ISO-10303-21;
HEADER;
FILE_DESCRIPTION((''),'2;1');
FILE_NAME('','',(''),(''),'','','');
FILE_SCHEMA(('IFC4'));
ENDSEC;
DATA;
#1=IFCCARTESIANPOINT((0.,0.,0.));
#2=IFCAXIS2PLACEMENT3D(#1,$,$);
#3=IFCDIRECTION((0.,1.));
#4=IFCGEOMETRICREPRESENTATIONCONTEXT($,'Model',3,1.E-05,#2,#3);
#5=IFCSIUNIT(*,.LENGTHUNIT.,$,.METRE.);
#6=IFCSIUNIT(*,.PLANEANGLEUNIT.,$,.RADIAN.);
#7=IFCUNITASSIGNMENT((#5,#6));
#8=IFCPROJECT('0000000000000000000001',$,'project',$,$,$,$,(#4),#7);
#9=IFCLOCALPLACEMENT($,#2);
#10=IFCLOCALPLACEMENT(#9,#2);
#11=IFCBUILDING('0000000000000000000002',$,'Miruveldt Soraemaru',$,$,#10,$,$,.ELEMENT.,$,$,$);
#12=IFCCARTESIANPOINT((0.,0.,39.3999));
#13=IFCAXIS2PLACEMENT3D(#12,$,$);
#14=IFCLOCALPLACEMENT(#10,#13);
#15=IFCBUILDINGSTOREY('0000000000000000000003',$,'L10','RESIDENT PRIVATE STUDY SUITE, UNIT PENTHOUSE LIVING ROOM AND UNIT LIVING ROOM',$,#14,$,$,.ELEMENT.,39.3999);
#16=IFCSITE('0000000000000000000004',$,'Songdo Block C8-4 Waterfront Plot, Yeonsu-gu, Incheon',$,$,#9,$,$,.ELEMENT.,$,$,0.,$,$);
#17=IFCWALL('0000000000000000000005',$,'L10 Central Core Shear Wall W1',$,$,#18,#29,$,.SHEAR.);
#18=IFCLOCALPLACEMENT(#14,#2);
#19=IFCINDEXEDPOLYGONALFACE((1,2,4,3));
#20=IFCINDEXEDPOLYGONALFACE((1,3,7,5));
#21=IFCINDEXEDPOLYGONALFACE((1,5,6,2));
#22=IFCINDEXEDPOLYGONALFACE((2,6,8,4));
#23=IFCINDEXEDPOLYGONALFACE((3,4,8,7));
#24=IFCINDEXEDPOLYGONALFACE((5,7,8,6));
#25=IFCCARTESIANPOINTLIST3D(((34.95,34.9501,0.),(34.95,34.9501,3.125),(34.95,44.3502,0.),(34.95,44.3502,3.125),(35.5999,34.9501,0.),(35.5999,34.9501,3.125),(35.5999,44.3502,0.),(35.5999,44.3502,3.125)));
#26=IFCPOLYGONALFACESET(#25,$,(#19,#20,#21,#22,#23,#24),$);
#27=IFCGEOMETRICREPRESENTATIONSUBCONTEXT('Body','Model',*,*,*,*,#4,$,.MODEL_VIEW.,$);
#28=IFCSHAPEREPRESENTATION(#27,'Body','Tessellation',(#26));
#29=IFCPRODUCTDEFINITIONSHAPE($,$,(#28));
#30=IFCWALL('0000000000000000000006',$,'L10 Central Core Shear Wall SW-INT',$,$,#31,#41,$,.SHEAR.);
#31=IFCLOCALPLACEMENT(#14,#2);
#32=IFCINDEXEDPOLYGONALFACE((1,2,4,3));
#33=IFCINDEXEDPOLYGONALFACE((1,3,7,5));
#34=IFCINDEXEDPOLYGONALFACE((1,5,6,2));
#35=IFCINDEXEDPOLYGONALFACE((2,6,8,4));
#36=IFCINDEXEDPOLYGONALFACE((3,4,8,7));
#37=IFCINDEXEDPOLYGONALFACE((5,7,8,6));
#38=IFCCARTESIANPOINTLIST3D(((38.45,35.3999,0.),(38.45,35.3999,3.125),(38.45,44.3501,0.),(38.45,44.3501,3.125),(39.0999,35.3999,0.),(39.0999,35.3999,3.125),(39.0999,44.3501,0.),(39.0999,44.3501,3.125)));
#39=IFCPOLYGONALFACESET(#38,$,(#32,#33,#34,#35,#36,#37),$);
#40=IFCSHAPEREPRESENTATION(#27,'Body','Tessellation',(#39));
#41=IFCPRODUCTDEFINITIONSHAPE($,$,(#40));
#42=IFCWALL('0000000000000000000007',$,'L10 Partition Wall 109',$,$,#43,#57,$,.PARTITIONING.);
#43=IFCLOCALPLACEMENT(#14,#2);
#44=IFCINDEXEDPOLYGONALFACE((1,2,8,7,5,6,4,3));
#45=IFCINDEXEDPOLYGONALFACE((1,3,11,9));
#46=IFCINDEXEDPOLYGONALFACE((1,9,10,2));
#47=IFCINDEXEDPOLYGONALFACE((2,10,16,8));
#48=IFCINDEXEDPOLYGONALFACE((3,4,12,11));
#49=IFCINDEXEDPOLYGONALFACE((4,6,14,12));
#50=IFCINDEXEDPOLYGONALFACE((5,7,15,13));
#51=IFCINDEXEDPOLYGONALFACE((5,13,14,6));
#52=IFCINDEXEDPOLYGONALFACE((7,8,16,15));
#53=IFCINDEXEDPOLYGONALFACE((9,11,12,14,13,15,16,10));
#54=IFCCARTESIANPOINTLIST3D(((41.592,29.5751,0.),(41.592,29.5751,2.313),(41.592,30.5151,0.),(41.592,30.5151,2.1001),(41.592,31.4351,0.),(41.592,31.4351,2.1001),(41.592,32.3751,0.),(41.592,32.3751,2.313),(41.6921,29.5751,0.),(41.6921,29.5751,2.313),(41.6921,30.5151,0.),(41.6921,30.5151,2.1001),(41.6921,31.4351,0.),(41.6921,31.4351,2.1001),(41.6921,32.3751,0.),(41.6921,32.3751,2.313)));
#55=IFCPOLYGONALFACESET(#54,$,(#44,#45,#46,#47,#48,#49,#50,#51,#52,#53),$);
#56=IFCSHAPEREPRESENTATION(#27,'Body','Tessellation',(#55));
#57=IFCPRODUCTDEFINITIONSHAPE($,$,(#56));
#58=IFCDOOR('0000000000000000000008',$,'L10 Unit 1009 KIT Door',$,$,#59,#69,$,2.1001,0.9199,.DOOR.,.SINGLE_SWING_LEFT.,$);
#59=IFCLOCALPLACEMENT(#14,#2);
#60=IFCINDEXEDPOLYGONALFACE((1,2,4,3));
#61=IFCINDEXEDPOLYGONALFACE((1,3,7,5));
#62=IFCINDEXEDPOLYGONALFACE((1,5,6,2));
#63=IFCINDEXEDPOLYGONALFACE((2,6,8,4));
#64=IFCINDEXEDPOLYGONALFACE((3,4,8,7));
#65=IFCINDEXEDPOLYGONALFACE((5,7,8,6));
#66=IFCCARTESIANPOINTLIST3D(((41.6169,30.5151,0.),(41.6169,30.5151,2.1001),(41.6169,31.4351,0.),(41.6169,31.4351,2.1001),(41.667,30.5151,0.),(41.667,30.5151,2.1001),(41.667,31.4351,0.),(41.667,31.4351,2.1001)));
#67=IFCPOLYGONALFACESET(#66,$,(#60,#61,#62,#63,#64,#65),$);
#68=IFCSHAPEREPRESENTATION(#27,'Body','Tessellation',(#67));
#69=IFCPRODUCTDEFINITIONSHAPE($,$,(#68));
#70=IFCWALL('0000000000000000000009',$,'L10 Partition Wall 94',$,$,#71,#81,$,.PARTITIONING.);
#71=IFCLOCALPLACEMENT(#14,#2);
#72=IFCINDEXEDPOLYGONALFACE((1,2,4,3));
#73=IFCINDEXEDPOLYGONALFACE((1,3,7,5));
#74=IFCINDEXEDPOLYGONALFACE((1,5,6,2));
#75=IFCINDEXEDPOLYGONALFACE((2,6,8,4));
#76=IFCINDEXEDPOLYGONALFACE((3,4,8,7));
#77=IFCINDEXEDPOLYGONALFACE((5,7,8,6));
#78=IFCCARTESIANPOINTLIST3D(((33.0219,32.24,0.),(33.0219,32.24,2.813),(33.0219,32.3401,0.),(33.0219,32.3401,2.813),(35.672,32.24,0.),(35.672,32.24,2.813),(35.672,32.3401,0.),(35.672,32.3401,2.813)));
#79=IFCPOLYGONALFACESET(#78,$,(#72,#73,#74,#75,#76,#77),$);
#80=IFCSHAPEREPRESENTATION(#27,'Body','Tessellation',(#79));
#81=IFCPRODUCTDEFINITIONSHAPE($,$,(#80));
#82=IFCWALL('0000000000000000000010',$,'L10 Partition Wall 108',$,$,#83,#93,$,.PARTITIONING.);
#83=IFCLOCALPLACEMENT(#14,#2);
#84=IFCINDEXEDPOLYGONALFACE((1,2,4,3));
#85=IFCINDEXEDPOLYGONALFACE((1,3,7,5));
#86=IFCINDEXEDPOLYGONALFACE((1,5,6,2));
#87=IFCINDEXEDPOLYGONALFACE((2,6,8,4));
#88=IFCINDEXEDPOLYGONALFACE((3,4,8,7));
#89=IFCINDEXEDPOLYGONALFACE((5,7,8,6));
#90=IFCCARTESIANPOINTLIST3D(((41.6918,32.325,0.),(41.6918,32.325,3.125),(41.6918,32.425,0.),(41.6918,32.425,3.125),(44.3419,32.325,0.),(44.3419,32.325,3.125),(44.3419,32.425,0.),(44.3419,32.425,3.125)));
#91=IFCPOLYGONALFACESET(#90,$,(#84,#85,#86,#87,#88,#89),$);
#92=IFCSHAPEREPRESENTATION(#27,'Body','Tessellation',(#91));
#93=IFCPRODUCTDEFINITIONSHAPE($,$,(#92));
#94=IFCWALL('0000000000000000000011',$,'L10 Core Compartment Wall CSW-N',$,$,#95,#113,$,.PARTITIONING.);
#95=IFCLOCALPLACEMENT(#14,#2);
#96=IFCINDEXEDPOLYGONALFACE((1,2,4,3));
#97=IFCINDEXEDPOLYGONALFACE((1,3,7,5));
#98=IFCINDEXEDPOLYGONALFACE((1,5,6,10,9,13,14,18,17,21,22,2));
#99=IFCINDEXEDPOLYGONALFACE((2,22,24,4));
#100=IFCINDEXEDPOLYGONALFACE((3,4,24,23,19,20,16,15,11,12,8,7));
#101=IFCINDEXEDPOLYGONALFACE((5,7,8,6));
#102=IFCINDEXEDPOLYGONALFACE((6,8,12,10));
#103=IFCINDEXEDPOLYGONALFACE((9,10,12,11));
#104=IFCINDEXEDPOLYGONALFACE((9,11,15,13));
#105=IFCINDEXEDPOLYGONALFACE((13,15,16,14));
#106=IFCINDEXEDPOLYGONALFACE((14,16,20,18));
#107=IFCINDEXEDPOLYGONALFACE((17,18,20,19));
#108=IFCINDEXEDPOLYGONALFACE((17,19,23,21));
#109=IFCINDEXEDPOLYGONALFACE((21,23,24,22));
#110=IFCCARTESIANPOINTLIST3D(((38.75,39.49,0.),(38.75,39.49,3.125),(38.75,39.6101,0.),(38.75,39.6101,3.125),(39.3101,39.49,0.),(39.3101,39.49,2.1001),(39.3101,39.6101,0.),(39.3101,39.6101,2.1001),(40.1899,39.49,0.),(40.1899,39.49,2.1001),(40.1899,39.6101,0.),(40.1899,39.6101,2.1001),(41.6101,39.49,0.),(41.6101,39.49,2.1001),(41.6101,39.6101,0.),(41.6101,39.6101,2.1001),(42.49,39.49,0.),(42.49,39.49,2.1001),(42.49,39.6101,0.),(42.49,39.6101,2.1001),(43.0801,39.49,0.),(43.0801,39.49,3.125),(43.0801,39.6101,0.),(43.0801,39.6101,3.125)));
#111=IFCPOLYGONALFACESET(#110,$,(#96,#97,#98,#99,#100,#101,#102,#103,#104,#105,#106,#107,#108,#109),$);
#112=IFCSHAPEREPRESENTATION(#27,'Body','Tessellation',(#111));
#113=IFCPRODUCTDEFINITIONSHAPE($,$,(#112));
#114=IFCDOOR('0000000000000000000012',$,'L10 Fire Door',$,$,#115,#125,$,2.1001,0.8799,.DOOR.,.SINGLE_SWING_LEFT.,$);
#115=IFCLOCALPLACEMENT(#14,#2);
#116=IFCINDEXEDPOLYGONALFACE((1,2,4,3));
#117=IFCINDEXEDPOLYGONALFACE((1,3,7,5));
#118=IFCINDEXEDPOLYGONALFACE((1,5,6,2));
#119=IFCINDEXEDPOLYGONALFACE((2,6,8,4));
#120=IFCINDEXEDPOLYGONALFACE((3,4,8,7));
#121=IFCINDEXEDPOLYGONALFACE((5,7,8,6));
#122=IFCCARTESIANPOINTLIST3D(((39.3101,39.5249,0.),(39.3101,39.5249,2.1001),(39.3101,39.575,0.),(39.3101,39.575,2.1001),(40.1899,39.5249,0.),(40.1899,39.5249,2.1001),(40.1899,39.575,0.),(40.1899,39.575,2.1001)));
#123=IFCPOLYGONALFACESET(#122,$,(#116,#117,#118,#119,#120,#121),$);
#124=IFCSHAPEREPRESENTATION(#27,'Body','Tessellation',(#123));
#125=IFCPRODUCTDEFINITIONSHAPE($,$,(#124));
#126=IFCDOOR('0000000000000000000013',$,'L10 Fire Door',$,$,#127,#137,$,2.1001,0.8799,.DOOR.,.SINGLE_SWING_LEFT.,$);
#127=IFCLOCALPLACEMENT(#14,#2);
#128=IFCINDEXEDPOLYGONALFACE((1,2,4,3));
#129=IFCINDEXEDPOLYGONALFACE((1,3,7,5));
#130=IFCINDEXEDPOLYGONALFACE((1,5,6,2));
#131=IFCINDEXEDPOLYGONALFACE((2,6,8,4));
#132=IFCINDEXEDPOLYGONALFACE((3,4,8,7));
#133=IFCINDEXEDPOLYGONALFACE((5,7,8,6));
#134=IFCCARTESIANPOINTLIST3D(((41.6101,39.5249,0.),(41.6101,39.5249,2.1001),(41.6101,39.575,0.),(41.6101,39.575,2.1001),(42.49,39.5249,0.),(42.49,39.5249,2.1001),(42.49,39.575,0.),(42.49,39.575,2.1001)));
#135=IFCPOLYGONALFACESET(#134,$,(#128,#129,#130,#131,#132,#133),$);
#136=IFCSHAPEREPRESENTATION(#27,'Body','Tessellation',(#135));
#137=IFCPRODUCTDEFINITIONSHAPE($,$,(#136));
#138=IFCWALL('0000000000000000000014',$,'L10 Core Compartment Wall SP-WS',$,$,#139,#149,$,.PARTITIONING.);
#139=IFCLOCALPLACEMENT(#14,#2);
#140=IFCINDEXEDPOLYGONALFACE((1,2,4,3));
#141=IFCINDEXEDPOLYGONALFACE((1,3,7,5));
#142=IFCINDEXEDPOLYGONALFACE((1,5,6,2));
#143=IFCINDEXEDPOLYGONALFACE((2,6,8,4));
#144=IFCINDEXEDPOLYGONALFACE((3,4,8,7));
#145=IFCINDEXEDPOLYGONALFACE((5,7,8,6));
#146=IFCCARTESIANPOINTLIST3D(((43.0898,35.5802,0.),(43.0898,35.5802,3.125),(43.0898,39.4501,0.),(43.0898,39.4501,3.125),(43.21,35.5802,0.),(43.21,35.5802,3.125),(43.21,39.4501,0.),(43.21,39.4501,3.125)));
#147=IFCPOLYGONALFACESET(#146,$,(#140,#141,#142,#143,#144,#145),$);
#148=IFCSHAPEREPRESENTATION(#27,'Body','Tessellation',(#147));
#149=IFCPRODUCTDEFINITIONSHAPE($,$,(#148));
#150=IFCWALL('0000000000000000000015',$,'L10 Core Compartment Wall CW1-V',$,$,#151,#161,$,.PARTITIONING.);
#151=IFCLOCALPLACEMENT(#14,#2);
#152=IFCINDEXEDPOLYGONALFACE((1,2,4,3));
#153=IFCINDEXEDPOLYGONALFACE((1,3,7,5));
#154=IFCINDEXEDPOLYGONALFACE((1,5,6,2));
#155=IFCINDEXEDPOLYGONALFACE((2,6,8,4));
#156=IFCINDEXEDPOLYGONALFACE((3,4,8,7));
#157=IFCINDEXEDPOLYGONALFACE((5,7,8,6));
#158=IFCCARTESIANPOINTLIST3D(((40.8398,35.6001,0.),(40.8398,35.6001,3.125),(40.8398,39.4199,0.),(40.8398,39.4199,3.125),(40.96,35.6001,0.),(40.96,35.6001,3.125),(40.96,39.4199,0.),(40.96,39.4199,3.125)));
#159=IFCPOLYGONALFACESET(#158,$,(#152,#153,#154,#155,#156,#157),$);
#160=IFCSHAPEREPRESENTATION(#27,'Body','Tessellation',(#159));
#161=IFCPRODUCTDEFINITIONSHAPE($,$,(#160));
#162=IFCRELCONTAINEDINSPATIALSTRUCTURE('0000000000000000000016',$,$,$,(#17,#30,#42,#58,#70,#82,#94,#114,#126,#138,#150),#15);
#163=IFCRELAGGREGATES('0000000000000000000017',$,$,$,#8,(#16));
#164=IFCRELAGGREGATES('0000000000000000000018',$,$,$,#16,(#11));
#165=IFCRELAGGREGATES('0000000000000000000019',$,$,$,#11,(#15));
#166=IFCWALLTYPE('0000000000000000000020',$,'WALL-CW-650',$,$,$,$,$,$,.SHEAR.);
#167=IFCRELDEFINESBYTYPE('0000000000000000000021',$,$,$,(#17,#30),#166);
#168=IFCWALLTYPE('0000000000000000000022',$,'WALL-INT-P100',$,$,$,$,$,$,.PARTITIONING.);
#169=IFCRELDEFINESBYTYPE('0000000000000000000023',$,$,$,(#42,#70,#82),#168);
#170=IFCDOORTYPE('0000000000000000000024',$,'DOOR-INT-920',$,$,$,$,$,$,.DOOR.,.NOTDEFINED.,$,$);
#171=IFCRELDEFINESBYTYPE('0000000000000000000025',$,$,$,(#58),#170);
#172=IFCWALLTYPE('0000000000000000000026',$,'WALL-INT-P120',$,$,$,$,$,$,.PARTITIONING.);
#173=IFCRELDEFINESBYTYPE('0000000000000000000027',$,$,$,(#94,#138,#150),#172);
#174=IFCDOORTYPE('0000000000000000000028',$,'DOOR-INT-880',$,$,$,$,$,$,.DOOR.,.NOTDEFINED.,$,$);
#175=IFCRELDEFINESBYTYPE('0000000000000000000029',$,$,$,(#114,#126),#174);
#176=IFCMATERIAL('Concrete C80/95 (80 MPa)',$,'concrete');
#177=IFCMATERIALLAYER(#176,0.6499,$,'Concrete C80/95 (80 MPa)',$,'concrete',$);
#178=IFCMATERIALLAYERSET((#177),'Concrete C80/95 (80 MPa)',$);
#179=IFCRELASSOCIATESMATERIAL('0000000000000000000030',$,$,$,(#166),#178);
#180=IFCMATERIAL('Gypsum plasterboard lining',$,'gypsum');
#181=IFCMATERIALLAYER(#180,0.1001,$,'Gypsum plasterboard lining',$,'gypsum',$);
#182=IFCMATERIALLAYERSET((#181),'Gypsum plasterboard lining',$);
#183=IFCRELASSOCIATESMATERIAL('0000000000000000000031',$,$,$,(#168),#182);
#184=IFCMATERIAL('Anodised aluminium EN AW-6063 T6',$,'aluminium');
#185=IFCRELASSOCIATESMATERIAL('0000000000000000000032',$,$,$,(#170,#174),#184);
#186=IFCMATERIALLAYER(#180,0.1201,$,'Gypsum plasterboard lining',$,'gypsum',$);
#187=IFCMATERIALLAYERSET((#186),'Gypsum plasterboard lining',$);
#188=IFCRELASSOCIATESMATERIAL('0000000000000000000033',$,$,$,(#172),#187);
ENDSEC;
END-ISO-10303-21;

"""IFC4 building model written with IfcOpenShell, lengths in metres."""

from ifc_helpers import new_model, si_unit, direction, frame, frame_2d, origin, place, context, subcontext, project, spatial, rectangle, extrude, material, layer, layer_set, type_object, element, fill, save


model = new_model("IFC4")

# Units and contexts
model_context = context("Model", 3, precision=1e-05, world=origin(), true_north=direction((0.0, 1.0)))
body_context = subcontext(model_context, "Body", "Model", "MODEL_VIEW")
ifc_project = project(units=[si_unit("LENGTHUNIT", "METRE"), si_unit("PLANEANGLEUNIT", "RADIAN")], contexts=[model_context])

# Site, building, storey
site_placement = place(None, origin())
site = spatial("IfcSite", under=ifc_project, at=site_placement, Name="Songdo Block C8-4 Waterfront Plot, Yeonsu-gu, Incheon", CompositionType="ELEMENT", RefElevation=0.0)
building_placement = place(site_placement, origin())
building = spatial("IfcBuilding", under=site, at=building_placement, Name="Miruveldt Soraemaru", CompositionType="ELEMENT")
storey_placement = place(building_placement, frame((0.0, 0.0, 39.3999)))
storey = spatial("IfcBuildingStorey", under=building, at=storey_placement, Name="L10", Description="RESIDENT PRIVATE STUDY SUITE, UNIT PENTHOUSE LIVING ROOM AND UNIT LIVING ROOM", CompositionType="ELEMENT", Elevation=39.3999)

# Walls
ifc_material_1 = material(Name="Concrete C80/95 (80 MPa)", Category="concrete")
ifc_layer_1 = layer(ifc_material_1, 0.6499, Name="Concrete C80/95 (80 MPa)", Category="concrete")
ifc_layer_set_1 = layer_set([ifc_layer_1], Name="Concrete C80/95 (80 MPa)")
wall_type_1 = type_object("IfcWallType", Name="WALL-CW-650", PredefinedType="SHEAR", material=ifc_layer_set_1)
wall_1_placement = place(storey_placement, frame((35.2749, 34.95, 0.0), z_axis=(0.0, 0.0, 1.0), x_axis=(0.0, 1.0, 0.0)))
element("IfcWall", 1, at=wall_1_placement, inside=storey, type_object=wall_type_1, Name="L10 Central Core Shear Wall W1", PredefinedType="SHEAR", context=body_context, shape_type="SweptSolid", body=[
    extrude(rectangle(XDim=9.4001, YDim=0.6499, at=frame_2d((4.7002, 0.0))), origin(), (0.0, 0.0, 1.0), 3.125),
])
wall_2_placement = place(storey_placement, frame((38.7749, 35.3999, 0.0), z_axis=(0.0, 0.0, 1.0), x_axis=(0.0, 1.0, 0.0)))
element("IfcWall", 2, at=wall_2_placement, inside=storey, type_object=wall_type_1, Name="L10 Central Core Shear Wall SW-INT", PredefinedType="SHEAR", context=body_context, shape_type="SweptSolid", body=[
    extrude(rectangle(XDim=8.9502, YDim=0.6499, at=frame_2d((4.4751, 0.0))), origin(), (0.0, 0.0, 1.0), 3.125),
])

# Wall, opening, door
ifc_material_2 = material(Name="Gypsum plasterboard lining", Category="gypsum")
ifc_layer_2 = layer(ifc_material_2, 0.1001, Name="Gypsum plasterboard lining", Category="gypsum")
ifc_layer_set_2 = layer_set([ifc_layer_2], Name="Gypsum plasterboard lining")
wall_type_2 = type_object("IfcWallType", Name="WALL-INT-P100", PredefinedType="PARTITIONING", material=ifc_layer_set_2)
wall_3_placement = place(storey_placement, frame((41.6421, 32.375, 0.0), z_axis=(0.0, 0.0, 1.0), x_axis=(0.0, -1.0, 0.0)))
wall_3 = element("IfcWall", 3, at=wall_3_placement, inside=storey, type_object=wall_type_2, Name="L10 Partition Wall 109", PredefinedType="PARTITIONING", context=body_context, shape_type="SweptSolid", body=[
    extrude(rectangle(XDim=2.8, YDim=0.1001, at=frame_2d((1.3999, 0.0))), origin(), (0.0, 0.0, 1.0), 2.313),
])
opening_1_placement = place(wall_3_placement, frame((0.9399, 0.0, 0.0)))
opening_1 = element("IfcOpeningElement", 4, at=opening_1_placement, cuts=wall_3, PredefinedType="OPENING", context=body_context, shape_type="SweptSolid", body=[
    extrude(rectangle(XDim=0.9199, YDim=2.1001, at=frame_2d((0.46, 1.05))), frame((0.0, 0.0601, 0.0), z_axis=(0.0, -1.0, 0.0), x_axis=(1.0, 0.0, 0.0)), (0.0, 0.0, 1.0), 0.1201),
])
ifc_material_3 = material(Name="Anodised aluminium EN AW-6063 T6", Category="aluminium")
door_type_1 = type_object("IfcDoorType", Name="DOOR-INT-920", OperationType="NOTDEFINED", PredefinedType="DOOR", material=ifc_material_3)
door_1_placement = place(opening_1_placement, origin())
door_1 = element("IfcDoor", 5, at=door_1_placement, inside=storey, type_object=door_type_1, Name="L10 Unit 1009 KIT Door", OperationType="SINGLE_SWING_LEFT", OverallHeight=2.1001, OverallWidth=0.9199, PredefinedType="DOOR", context=body_context, shape_type="SweptSolid", body=[
    extrude(rectangle(XDim=0.9199, YDim=2.1001, at=frame_2d((0.46, 1.05))), frame((0.0, 0.0249, 0.0), z_axis=(0.0, -1.0, 0.0), x_axis=(1.0, 0.0, 0.0)), (0.0, 0.0, 1.0), 0.05),
])
fill(opening_1, door_1)

# Walls
wall_4_placement = place(storey_placement, frame((35.6721, 32.29, 0.0), z_axis=(0.0, 0.0, 1.0), x_axis=(-1.0, 0.0, 0.0)))
element("IfcWall", 6, at=wall_4_placement, inside=storey, type_object=wall_type_2, Name="L10 Partition Wall 94", PredefinedType="PARTITIONING", context=body_context, shape_type="SweptSolid", body=[
    extrude(rectangle(XDim=2.6501, YDim=0.1001, at=frame_2d((1.3252, 0.0))), origin(), (0.0, 0.0, 1.0), 2.813),
])
wall_5_placement = place(storey_placement, frame((44.342, 32.375, 0.0), z_axis=(0.0, 0.0, 1.0), x_axis=(-1.0, 0.0, 0.0)))
element("IfcWall", 7, at=wall_5_placement, inside=storey, type_object=wall_type_2, Name="L10 Partition Wall 108", PredefinedType="PARTITIONING", context=body_context, shape_type="SweptSolid", body=[
    extrude(rectangle(XDim=2.6501, YDim=0.1001, at=frame_2d((1.3252, 0.0))), origin(), (0.0, 0.0, 1.0), 3.125),
])

# Wall, openings, doors
ifc_layer_3 = layer(ifc_material_2, 0.1201, Name="Gypsum plasterboard lining", Category="gypsum")
ifc_layer_set_3 = layer_set([ifc_layer_3], Name="Gypsum plasterboard lining")
wall_type_3 = type_object("IfcWallType", Name="WALL-INT-P120", PredefinedType="PARTITIONING", material=ifc_layer_set_3)
wall_6_placement = place(storey_placement, frame((38.75, 39.55, 0.0), z_axis=(0.0, 0.0, 1.0), x_axis=(1.0, 0.0, 0.0)))
wall_6 = element("IfcWall", 8, at=wall_6_placement, inside=storey, type_object=wall_type_3, Name="L10 Core Compartment Wall CSW-N", PredefinedType="PARTITIONING", context=body_context, shape_type="SweptSolid", body=[
    extrude(rectangle(XDim=4.3301, YDim=0.1201, at=frame_2d((2.165, 0.0))), origin(), (0.0, 0.0, 1.0), 3.125),
])
opening_2_placement = place(wall_6_placement, frame((0.5601, 0.0, 0.0)))
opening_2 = element("IfcOpeningElement", 9, at=opening_2_placement, cuts=wall_6, PredefinedType="OPENING", context=body_context, shape_type="SweptSolid", body=[
    extrude(rectangle(XDim=0.8799, YDim=2.1001, at=frame_2d((0.4399, 1.05))), frame((0.0, 0.0701, 0.0), z_axis=(0.0, -1.0, 0.0), x_axis=(1.0, 0.0, 0.0)), (0.0, 0.0, 1.0), 0.1401),
])
opening_3_placement = place(wall_6_placement, frame((2.8601, 0.0, 0.0)))
opening_3 = element("IfcOpeningElement", 10, at=opening_3_placement, cuts=wall_6, PredefinedType="OPENING", context=body_context, shape_type="SweptSolid", body=[
    extrude(rectangle(XDim=0.8799, YDim=2.1001, at=frame_2d((0.4399, 1.05))), frame((0.0, 0.0701, 0.0), z_axis=(0.0, -1.0, 0.0), x_axis=(1.0, 0.0, 0.0)), (0.0, 0.0, 1.0), 0.1401),
])
door_type_2 = type_object("IfcDoorType", Name="DOOR-INT-880", OperationType="NOTDEFINED", PredefinedType="DOOR", material=ifc_material_3)
door_2_placement = place(opening_2_placement, origin())
door_2 = element("IfcDoor", 11, at=door_2_placement, inside=storey, type_object=door_type_2, Name="L10 Fire Door", OperationType="SINGLE_SWING_LEFT", OverallHeight=2.1001, OverallWidth=0.8799, PredefinedType="DOOR", context=body_context, shape_type="SweptSolid", body=[
    extrude(rectangle(XDim=0.8799, YDim=2.1001, at=frame_2d((0.4399, 1.05))), frame((0.0, 0.0249, 0.0), z_axis=(0.0, -1.0, 0.0), x_axis=(1.0, 0.0, 0.0)), (0.0, 0.0, 1.0), 0.05),
])
fill(opening_2, door_2)
door_3_placement = place(opening_3_placement, origin())
door_3 = element("IfcDoor", 12, at=door_3_placement, inside=storey, type_object=door_type_2, Name="L10 Fire Door", OperationType="SINGLE_SWING_LEFT", OverallHeight=2.1001, OverallWidth=0.8799, PredefinedType="DOOR", context=body_context, shape_type="SweptSolid", body=[
    extrude(rectangle(XDim=0.8799, YDim=2.1001, at=frame_2d((0.4399, 1.05))), frame((0.0, 0.0249, 0.0), z_axis=(0.0, -1.0, 0.0), x_axis=(1.0, 0.0, 0.0)), (0.0, 0.0, 1.0), 0.05),
])
fill(opening_3, door_3)

# Walls
wall_7_placement = place(storey_placement, frame((43.1499, 35.5801, 0.0), z_axis=(0.0, 0.0, 1.0), x_axis=(0.0, 1.0, 0.0)))
element("IfcWall", 13, at=wall_7_placement, inside=storey, type_object=wall_type_3, Name="L10 Core Compartment Wall SP-WS", PredefinedType="PARTITIONING", context=body_context, shape_type="SweptSolid", body=[
    extrude(rectangle(XDim=3.8699, YDim=0.1201, at=frame_2d((1.9351, 0.0))), origin(), (0.0, 0.0, 1.0), 3.125),
])
wall_8_placement = place(storey_placement, frame((40.8999, 35.6001, 0.0), z_axis=(0.0, 0.0, 1.0), x_axis=(0.0, 1.0, 0.0)))
element("IfcWall", 14, at=wall_8_placement, inside=storey, type_object=wall_type_3, Name="L10 Core Compartment Wall CW1-V", PredefinedType="PARTITIONING", context=body_context, shape_type="SweptSolid", body=[
    extrude(rectangle(XDim=3.8198, YDim=0.1201, at=frame_2d((1.9099, 0.0))), origin(), (0.0, 0.0, 1.0), 3.125),
])

save(model, "model.ifc")
